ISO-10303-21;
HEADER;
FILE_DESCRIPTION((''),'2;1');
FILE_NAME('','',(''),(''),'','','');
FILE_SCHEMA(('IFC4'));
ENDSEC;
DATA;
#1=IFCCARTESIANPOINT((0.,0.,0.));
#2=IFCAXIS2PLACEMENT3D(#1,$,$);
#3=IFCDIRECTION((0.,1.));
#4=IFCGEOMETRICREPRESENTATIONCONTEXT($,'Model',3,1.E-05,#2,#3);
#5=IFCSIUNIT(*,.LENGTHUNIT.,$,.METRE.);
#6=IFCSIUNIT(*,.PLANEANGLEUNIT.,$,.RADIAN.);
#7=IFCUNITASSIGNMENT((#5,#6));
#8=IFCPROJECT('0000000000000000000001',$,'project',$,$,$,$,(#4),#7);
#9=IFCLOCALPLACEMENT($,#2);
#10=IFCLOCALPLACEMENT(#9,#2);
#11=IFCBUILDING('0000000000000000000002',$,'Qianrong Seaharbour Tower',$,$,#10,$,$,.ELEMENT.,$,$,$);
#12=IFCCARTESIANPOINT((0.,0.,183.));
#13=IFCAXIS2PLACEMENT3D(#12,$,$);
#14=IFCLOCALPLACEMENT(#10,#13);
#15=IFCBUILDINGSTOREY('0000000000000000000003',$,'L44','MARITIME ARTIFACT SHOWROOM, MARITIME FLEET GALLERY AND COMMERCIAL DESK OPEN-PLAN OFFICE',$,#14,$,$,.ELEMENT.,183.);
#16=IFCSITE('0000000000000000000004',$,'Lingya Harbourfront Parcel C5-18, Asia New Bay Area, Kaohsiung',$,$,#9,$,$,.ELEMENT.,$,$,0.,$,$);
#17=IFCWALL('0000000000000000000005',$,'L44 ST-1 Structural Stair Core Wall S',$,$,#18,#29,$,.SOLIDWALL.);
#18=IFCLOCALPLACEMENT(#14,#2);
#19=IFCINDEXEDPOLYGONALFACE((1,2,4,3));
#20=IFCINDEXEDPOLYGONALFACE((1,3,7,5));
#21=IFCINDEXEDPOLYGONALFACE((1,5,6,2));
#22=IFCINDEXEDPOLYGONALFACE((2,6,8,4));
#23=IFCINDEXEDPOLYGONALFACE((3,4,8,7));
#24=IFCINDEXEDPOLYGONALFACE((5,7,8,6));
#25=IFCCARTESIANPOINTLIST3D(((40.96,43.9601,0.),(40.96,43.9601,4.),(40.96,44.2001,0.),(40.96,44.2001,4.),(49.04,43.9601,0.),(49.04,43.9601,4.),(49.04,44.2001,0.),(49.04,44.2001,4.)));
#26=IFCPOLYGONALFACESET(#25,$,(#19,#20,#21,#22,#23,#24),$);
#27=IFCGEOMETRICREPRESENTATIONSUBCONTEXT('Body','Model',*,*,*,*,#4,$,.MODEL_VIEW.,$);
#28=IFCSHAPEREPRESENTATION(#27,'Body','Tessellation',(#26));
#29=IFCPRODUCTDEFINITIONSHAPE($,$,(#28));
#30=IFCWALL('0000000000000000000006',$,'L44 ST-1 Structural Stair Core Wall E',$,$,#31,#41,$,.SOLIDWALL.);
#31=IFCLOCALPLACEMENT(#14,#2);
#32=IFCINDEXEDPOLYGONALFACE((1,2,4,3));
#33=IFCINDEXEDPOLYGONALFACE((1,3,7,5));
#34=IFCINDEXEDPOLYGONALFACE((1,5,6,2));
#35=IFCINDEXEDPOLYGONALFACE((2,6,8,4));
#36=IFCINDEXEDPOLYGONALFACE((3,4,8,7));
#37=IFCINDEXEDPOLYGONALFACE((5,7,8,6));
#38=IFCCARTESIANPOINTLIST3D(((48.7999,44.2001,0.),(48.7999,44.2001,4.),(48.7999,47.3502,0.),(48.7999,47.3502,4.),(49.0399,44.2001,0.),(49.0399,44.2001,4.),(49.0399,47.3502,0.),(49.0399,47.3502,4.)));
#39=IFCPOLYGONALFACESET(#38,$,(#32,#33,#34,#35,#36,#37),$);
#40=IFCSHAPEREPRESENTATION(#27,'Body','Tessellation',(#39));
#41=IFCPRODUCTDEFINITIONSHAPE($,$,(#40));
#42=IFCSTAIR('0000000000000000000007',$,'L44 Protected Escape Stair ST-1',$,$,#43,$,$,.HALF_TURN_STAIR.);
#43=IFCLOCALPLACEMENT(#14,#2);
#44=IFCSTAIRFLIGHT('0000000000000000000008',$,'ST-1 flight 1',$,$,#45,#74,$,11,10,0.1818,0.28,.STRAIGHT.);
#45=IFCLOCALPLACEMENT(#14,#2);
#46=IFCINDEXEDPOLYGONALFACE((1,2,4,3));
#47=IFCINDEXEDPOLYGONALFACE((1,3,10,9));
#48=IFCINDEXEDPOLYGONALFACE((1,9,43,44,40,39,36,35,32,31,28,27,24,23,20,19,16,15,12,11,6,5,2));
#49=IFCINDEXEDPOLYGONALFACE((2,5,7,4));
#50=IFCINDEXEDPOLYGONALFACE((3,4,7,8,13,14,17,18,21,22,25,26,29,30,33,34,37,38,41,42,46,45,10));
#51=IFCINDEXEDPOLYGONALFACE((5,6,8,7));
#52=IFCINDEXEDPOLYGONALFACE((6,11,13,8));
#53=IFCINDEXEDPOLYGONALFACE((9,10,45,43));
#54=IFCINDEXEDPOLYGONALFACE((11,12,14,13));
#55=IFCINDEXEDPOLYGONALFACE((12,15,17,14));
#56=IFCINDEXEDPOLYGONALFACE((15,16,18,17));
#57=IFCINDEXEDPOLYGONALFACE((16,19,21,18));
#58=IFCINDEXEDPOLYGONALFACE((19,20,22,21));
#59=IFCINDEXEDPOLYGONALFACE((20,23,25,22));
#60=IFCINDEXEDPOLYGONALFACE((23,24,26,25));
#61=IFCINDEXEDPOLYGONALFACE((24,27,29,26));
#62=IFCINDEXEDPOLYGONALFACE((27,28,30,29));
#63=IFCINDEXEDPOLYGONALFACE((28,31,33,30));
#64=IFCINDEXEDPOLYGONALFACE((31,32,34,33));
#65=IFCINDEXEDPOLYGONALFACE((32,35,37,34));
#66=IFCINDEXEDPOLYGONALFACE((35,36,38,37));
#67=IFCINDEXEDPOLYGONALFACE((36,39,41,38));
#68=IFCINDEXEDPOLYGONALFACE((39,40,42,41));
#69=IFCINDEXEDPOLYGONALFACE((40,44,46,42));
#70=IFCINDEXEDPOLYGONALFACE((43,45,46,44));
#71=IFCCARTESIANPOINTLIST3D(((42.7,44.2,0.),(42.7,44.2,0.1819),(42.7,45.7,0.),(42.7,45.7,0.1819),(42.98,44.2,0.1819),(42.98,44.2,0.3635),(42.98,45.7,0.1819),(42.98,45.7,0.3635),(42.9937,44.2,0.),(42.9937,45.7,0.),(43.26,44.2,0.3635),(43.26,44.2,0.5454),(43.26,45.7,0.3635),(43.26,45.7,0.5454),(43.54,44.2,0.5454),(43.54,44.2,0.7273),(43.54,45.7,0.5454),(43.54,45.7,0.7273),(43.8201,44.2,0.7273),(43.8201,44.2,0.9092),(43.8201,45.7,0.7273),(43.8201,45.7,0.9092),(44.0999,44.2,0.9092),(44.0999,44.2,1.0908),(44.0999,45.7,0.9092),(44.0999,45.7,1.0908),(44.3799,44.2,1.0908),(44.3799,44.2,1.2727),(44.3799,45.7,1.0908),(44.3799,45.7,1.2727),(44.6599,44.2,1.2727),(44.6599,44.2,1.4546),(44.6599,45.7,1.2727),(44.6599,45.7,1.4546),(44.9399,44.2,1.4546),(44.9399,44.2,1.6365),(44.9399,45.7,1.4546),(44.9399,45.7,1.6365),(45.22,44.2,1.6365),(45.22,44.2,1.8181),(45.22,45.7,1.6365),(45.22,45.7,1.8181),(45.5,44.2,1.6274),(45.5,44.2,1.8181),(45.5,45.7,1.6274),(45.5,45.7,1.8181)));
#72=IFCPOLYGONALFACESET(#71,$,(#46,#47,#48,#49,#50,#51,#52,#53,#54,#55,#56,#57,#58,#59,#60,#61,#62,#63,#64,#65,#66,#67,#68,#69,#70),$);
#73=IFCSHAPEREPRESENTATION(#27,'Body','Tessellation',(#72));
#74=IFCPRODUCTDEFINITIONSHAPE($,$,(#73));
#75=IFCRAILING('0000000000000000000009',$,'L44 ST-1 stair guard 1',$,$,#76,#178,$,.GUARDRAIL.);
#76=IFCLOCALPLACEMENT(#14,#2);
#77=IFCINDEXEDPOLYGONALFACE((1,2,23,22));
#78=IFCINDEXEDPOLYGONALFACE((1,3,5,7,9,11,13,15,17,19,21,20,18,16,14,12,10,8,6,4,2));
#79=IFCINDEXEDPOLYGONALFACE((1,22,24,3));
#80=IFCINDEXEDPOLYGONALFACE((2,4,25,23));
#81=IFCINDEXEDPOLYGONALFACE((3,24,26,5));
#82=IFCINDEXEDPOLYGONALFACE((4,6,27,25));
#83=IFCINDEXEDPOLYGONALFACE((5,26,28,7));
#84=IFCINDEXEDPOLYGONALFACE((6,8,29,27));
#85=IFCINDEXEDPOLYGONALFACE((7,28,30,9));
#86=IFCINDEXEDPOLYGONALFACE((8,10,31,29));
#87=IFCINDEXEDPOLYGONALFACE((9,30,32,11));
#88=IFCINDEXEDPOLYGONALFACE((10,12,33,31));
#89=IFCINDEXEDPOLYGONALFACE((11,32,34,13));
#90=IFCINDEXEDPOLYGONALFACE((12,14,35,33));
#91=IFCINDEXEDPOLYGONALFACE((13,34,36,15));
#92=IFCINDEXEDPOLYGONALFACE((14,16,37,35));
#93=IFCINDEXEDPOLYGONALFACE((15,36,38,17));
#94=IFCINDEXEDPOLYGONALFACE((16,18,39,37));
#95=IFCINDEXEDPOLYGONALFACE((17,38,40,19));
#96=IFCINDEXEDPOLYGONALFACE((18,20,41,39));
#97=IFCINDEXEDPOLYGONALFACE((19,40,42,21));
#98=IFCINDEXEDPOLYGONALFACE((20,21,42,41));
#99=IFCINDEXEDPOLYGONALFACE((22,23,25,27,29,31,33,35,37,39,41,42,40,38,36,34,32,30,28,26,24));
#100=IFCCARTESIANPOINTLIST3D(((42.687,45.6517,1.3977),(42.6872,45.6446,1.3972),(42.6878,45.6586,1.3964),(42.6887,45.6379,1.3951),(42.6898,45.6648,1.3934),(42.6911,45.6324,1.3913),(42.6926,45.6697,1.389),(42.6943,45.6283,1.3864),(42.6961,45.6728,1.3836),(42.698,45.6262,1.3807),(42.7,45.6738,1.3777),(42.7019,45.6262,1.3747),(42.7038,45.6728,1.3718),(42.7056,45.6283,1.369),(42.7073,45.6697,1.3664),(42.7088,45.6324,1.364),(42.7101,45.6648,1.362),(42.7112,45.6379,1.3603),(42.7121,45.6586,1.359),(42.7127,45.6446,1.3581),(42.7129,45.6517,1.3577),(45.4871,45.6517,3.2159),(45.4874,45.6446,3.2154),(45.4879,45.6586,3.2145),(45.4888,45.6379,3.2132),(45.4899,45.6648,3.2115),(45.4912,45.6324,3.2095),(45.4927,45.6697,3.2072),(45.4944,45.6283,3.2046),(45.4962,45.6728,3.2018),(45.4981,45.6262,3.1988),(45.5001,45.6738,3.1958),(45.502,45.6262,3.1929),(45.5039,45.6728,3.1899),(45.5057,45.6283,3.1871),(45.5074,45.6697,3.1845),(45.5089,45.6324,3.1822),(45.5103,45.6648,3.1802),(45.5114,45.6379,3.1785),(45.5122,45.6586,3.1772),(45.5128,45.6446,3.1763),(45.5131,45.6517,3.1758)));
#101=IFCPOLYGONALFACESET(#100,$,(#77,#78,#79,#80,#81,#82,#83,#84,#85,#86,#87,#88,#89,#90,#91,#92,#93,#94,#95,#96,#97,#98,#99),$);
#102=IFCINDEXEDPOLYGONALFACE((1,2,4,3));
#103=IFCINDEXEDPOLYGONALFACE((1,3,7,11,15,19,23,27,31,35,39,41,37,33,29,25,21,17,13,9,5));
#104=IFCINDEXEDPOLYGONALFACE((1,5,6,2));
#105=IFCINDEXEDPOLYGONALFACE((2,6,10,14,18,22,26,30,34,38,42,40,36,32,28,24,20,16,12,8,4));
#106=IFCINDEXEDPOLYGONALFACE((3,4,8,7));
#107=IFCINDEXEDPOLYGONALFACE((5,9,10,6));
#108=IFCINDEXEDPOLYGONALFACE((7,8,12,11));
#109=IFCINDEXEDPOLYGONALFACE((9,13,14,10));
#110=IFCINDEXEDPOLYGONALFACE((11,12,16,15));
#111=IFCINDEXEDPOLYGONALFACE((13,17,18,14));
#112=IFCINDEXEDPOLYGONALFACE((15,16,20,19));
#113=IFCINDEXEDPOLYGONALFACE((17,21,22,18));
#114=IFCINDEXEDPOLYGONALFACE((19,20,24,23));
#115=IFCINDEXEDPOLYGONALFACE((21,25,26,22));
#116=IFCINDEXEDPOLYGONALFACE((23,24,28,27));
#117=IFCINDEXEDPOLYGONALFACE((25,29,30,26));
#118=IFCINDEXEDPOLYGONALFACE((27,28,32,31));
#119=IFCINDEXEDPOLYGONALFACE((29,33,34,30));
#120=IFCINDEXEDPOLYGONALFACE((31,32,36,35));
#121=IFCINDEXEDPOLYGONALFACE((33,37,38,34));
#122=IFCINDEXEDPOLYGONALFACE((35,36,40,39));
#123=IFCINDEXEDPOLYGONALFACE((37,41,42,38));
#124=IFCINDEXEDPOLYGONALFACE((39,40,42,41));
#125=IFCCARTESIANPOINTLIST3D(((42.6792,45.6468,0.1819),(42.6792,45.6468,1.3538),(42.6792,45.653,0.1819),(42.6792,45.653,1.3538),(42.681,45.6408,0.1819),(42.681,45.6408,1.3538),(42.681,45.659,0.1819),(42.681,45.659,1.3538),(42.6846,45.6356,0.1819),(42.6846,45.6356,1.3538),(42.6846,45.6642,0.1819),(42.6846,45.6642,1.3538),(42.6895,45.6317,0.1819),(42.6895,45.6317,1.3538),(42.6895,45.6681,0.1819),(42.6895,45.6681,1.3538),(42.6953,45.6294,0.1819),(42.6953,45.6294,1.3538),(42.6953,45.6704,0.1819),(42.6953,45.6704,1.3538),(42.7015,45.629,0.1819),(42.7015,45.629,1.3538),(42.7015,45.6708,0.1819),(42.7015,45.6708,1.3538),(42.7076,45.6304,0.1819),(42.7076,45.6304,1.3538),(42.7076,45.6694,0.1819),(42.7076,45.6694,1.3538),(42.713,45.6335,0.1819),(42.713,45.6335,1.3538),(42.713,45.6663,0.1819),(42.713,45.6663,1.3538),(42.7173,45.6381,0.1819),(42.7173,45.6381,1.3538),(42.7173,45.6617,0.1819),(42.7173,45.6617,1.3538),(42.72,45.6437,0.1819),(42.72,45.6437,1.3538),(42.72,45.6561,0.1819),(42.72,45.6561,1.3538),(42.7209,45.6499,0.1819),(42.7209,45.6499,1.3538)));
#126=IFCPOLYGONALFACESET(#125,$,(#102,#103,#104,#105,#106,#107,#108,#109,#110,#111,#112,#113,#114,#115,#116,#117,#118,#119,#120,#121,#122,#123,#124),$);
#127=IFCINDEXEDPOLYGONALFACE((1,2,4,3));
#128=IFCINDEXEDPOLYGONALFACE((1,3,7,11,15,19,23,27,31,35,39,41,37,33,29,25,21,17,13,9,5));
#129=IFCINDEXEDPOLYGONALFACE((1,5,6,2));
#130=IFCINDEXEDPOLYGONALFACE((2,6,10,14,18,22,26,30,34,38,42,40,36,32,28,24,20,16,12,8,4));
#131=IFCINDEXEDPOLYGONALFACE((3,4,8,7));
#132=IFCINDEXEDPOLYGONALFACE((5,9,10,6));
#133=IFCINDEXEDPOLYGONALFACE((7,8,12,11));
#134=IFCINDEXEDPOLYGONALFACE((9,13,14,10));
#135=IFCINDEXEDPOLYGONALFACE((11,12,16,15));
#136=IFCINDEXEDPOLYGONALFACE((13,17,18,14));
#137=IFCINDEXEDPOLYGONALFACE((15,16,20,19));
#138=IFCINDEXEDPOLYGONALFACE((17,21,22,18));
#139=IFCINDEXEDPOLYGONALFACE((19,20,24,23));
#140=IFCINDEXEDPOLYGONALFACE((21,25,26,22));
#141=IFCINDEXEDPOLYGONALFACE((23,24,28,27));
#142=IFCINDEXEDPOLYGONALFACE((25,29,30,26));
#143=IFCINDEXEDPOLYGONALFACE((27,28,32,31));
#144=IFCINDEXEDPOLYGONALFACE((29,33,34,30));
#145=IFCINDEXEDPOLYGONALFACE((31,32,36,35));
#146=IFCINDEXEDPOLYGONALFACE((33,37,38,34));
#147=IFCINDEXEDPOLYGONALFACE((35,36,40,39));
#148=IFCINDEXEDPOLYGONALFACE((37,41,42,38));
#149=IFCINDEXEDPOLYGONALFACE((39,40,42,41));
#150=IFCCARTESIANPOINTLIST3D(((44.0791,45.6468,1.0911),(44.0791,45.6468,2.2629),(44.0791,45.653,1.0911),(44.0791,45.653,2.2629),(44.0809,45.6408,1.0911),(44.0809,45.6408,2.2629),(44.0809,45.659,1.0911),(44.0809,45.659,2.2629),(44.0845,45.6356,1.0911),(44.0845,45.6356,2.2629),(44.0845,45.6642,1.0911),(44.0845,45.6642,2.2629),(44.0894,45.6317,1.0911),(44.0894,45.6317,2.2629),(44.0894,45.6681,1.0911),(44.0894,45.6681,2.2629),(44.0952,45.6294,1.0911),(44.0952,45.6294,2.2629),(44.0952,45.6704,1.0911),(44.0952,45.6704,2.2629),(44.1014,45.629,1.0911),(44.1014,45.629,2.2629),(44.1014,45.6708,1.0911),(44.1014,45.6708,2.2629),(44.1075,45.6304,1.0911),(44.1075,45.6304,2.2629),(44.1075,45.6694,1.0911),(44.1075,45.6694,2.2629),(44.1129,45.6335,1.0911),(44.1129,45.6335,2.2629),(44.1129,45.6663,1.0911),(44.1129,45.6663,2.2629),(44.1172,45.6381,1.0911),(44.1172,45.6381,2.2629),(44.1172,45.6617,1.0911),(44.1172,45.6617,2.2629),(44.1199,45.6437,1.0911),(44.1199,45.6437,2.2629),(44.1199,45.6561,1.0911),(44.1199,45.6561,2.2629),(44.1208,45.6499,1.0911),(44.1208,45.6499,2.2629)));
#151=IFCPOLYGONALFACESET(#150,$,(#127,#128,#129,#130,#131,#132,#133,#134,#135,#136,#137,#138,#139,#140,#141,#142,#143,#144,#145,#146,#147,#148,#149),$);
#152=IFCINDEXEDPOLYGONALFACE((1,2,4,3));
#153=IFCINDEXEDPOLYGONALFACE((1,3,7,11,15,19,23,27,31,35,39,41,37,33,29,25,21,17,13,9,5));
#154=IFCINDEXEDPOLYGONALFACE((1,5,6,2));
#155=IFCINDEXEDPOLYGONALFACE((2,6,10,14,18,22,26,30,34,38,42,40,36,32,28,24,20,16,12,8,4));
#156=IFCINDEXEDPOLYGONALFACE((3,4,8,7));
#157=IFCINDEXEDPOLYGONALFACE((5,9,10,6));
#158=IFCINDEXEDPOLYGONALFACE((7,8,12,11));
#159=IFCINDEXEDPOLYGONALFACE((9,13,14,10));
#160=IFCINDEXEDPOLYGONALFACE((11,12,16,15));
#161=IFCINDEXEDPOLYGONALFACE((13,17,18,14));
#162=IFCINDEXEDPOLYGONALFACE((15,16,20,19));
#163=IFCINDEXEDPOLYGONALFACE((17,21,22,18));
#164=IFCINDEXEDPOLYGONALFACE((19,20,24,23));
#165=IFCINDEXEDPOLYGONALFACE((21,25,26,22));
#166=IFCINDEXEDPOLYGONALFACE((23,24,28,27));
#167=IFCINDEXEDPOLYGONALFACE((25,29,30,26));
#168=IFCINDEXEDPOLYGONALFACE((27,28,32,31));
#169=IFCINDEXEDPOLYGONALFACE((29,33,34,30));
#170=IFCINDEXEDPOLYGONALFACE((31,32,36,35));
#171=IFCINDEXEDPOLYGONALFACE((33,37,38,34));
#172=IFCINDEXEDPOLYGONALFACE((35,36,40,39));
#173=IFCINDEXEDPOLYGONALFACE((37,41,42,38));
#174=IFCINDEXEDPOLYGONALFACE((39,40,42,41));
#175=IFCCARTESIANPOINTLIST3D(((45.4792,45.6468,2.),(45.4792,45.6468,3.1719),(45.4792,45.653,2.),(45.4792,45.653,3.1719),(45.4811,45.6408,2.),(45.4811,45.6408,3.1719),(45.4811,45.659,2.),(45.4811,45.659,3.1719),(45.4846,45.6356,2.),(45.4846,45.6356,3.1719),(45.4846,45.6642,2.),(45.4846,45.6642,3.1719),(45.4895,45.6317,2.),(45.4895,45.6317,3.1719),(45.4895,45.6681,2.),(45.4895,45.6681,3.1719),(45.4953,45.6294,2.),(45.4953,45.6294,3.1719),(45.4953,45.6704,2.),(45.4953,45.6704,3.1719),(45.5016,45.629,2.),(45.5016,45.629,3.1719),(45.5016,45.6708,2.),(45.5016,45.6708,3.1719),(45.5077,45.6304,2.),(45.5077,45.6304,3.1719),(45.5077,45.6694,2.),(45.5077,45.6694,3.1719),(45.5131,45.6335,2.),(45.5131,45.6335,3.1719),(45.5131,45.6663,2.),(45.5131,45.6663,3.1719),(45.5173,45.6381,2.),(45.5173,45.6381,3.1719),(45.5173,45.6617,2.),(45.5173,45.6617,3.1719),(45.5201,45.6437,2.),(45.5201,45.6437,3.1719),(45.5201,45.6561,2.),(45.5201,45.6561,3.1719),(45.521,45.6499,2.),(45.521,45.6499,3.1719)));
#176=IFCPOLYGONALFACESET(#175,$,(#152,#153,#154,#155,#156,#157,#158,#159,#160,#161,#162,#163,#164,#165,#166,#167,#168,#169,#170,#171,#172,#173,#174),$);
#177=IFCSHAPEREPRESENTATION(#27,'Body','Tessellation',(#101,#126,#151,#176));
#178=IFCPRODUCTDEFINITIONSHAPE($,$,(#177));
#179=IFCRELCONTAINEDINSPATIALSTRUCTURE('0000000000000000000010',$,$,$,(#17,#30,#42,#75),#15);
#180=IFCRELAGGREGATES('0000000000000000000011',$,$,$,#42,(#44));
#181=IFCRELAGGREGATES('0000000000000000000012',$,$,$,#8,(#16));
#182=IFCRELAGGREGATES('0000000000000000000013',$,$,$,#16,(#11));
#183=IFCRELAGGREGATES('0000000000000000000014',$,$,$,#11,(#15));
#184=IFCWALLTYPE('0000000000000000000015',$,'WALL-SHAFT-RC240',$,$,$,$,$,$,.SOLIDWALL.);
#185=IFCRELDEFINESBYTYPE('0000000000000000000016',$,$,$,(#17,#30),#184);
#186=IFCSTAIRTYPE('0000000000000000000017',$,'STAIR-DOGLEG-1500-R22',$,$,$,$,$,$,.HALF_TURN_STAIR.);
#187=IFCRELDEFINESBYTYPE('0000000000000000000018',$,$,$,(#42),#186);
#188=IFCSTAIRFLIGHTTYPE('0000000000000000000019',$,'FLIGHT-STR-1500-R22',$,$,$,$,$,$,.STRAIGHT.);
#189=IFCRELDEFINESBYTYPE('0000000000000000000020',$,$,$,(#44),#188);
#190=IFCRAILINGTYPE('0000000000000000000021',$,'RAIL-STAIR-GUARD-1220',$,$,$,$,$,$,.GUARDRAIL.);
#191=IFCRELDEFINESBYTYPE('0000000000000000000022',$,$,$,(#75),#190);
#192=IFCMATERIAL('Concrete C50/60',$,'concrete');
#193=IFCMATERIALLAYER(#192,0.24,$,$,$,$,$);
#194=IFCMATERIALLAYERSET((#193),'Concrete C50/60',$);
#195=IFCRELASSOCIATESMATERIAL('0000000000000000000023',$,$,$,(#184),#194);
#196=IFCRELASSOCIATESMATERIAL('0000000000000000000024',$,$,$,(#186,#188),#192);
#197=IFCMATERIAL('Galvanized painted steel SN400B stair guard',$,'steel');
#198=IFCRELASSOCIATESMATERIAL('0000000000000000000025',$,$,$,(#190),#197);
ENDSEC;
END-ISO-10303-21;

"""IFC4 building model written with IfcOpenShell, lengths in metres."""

from ifc_helpers import new_model, si_unit, direction, frame, frame_2d, origin, origin_2d, place, context, subcontext, project, spatial, polyline, rectangle, circle, outline, extrude, material, layer, layer_set, type_object, element, aggregate, save


model = new_model("IFC4")

# Units and contexts
model_context = context("Model", 3, precision=1e-05, world=origin(), true_north=direction((0.0, 1.0)))
body_context = subcontext(model_context, "Body", "Model", "MODEL_VIEW")
ifc_project = project(units=[si_unit("LENGTHUNIT", "METRE"), si_unit("PLANEANGLEUNIT", "RADIAN")], contexts=[model_context])

# Site, building, storey
site_placement = place(None, origin())
site = spatial("IfcSite", under=ifc_project, at=site_placement, Name="Lingya Harbourfront Parcel C5-18, Asia New Bay Area, Kaohsiung", CompositionType="ELEMENT", RefElevation=0.0)
building_placement = place(site_placement, origin())
building = spatial("IfcBuilding", under=site, at=building_placement, Name="Qianrong Seaharbour Tower", CompositionType="ELEMENT")
storey_placement = place(building_placement, frame((0.0, 0.0, 183.0)))
storey = spatial("IfcBuildingStorey", under=building, at=storey_placement, Name="L44", Description="MARITIME ARTIFACT SHOWROOM, MARITIME FLEET GALLERY AND COMMERCIAL DESK OPEN-PLAN OFFICE", CompositionType="ELEMENT", Elevation=183.0)

# Walls
ifc_material_1 = material(Name="Concrete C50/60", Category="concrete")
ifc_layer_1 = layer(ifc_material_1, 0.24)
ifc_layer_set_1 = layer_set([ifc_layer_1], Name="Concrete C50/60")
wall_type_1 = type_object("IfcWallType", Name="WALL-SHAFT-RC240", PredefinedType="SOLIDWALL", material=ifc_layer_set_1)
wall_1_placement = place(storey_placement, frame((49.04, 44.0801, 0.0), z_axis=(0.0, 0.0, 1.0), x_axis=(-1.0, 0.0, 0.0)))
element("IfcWall", 1, at=wall_1_placement, inside=storey, type_object=wall_type_1, Name="L44 ST-1 Structural Stair Core Wall S", PredefinedType="SOLIDWALL", context=body_context, shape_type="SweptSolid", body=[
    extrude(rectangle(XDim=8.0801, YDim=0.24, at=frame_2d((4.04, 0.0))), origin(), (0.0, 0.0, 1.0), 4.0),
])
wall_2_placement = place(storey_placement, frame((48.9199, 44.2, 0.0), z_axis=(0.0, 0.0, 1.0), x_axis=(0.0, 1.0, 0.0)))
element("IfcWall", 2, at=wall_2_placement, inside=storey, type_object=wall_type_1, Name="L44 ST-1 Structural Stair Core Wall E", PredefinedType="SOLIDWALL", context=body_context, shape_type="SweptSolid", body=[
    extrude(rectangle(XDim=3.1501, YDim=0.24, at=frame_2d((1.5752, 0.0))), origin(), (0.0, 0.0, 1.0), 4.0),
])

# Stair, stair flight
stair_type = type_object("IfcStairType", Name="STAIR-DOGLEG-1500-R22", PredefinedType="HALF_TURN_STAIR", material=ifc_material_1)
stair_placement = place(storey_placement, origin())
stair = element("IfcStair", 3, at=stair_placement, inside=storey, type_object=stair_type, Name="L44 Protected Escape Stair ST-1", PredefinedType="HALF_TURN_STAIR")
stair_flight_type = type_object("IfcStairFlightType", Name="FLIGHT-STR-1500-R22", PredefinedType="STRAIGHT", material=ifc_material_1)
stair_flight_placement = place(storey_placement, frame((42.7, 44.95, 0.0), z_axis=(0.0, 0.0, 1.0), x_axis=(1.0, 0.0, 0.0)))
stair_flight = element("IfcStairFlight", 4, at=stair_flight_placement, type_object=stair_flight_type, Name="ST-1 flight 1", NumberOfRisers=11, NumberOfTreads=10, PredefinedType="STRAIGHT", RiserHeight=0.1818, TreadLength=0.28, context=body_context, shape_type="SweptSolid", body=[
    extrude(outline(polyline([(0.0, 0.0), (0.0, 0.1819), (0.28, 0.1819), (0.28, 0.3635), (0.5601, 0.3635), (0.5601, 0.5454), (0.8401, 0.5454), (0.8401, 0.7273), (1.1201, 0.7273), (1.1201, 0.9092), (1.3999, 0.9092), (1.3999, 1.0908), (1.6799, 1.0908), (1.6799, 1.2727), (1.96, 1.2727), (1.96, 1.4546), (2.24, 1.4546), (2.24, 1.6365), (2.52, 1.6365), (2.52, 1.8181), (2.8, 1.8181), (2.8, 2.0), (2.8, 1.6274), (0.2937, 0.0), (0.0, 0.0)])), frame((0.0, 0.75, 0.0), z_axis=(0.0, -1.0, 0.0), x_axis=(1.0, 0.0, 0.0)), (0.0, 0.0, 1.0), 1.5),
])
aggregate(stair, [stair_flight])

# Railing
ifc_material_2 = material(Name="Galvanized painted steel SN400B stair guard", Category="steel")
railing_type_1 = type_object("IfcRailingType", Name="RAIL-STAIR-GUARD-1220", PredefinedType="GUARDRAIL", material=ifc_material_2)
railing_1_placement = place(storey_placement, frame((42.7, 45.6499, 0.1819)))
element("IfcRailing", 5, at=railing_1_placement, inside=storey, type_object=railing_type_1, Name="L44 ST-1 stair guard 1", PredefinedType="GUARDRAIL", context=body_context, shape_type="SweptSolid", body=[
    extrude(circle(Radius=0.0239, at=origin_2d()), frame((0.0, 0.0, 1.1958), z_axis=(0.838706, 0.0, 0.544585), x_axis=(0.0, 1.0, 0.0)), (0.0, 0.0, 1.0), 3.3386),
    extrude(circle(Radius=0.021, at=origin_2d()), origin(), (0.0, 0.0, 1.0), 1.1719),
    extrude(circle(Radius=0.021, at=origin_2d()), frame((1.3999, 0.0, 0.9092)), (0.0, 0.0, 1.0), 1.1719),
    extrude(circle(Radius=0.021, at=origin_2d()), frame((2.8, 0.0, 1.8181)), (0.0, 0.0, 1.0), 1.1719),
])

save(model, "model.ifc")
